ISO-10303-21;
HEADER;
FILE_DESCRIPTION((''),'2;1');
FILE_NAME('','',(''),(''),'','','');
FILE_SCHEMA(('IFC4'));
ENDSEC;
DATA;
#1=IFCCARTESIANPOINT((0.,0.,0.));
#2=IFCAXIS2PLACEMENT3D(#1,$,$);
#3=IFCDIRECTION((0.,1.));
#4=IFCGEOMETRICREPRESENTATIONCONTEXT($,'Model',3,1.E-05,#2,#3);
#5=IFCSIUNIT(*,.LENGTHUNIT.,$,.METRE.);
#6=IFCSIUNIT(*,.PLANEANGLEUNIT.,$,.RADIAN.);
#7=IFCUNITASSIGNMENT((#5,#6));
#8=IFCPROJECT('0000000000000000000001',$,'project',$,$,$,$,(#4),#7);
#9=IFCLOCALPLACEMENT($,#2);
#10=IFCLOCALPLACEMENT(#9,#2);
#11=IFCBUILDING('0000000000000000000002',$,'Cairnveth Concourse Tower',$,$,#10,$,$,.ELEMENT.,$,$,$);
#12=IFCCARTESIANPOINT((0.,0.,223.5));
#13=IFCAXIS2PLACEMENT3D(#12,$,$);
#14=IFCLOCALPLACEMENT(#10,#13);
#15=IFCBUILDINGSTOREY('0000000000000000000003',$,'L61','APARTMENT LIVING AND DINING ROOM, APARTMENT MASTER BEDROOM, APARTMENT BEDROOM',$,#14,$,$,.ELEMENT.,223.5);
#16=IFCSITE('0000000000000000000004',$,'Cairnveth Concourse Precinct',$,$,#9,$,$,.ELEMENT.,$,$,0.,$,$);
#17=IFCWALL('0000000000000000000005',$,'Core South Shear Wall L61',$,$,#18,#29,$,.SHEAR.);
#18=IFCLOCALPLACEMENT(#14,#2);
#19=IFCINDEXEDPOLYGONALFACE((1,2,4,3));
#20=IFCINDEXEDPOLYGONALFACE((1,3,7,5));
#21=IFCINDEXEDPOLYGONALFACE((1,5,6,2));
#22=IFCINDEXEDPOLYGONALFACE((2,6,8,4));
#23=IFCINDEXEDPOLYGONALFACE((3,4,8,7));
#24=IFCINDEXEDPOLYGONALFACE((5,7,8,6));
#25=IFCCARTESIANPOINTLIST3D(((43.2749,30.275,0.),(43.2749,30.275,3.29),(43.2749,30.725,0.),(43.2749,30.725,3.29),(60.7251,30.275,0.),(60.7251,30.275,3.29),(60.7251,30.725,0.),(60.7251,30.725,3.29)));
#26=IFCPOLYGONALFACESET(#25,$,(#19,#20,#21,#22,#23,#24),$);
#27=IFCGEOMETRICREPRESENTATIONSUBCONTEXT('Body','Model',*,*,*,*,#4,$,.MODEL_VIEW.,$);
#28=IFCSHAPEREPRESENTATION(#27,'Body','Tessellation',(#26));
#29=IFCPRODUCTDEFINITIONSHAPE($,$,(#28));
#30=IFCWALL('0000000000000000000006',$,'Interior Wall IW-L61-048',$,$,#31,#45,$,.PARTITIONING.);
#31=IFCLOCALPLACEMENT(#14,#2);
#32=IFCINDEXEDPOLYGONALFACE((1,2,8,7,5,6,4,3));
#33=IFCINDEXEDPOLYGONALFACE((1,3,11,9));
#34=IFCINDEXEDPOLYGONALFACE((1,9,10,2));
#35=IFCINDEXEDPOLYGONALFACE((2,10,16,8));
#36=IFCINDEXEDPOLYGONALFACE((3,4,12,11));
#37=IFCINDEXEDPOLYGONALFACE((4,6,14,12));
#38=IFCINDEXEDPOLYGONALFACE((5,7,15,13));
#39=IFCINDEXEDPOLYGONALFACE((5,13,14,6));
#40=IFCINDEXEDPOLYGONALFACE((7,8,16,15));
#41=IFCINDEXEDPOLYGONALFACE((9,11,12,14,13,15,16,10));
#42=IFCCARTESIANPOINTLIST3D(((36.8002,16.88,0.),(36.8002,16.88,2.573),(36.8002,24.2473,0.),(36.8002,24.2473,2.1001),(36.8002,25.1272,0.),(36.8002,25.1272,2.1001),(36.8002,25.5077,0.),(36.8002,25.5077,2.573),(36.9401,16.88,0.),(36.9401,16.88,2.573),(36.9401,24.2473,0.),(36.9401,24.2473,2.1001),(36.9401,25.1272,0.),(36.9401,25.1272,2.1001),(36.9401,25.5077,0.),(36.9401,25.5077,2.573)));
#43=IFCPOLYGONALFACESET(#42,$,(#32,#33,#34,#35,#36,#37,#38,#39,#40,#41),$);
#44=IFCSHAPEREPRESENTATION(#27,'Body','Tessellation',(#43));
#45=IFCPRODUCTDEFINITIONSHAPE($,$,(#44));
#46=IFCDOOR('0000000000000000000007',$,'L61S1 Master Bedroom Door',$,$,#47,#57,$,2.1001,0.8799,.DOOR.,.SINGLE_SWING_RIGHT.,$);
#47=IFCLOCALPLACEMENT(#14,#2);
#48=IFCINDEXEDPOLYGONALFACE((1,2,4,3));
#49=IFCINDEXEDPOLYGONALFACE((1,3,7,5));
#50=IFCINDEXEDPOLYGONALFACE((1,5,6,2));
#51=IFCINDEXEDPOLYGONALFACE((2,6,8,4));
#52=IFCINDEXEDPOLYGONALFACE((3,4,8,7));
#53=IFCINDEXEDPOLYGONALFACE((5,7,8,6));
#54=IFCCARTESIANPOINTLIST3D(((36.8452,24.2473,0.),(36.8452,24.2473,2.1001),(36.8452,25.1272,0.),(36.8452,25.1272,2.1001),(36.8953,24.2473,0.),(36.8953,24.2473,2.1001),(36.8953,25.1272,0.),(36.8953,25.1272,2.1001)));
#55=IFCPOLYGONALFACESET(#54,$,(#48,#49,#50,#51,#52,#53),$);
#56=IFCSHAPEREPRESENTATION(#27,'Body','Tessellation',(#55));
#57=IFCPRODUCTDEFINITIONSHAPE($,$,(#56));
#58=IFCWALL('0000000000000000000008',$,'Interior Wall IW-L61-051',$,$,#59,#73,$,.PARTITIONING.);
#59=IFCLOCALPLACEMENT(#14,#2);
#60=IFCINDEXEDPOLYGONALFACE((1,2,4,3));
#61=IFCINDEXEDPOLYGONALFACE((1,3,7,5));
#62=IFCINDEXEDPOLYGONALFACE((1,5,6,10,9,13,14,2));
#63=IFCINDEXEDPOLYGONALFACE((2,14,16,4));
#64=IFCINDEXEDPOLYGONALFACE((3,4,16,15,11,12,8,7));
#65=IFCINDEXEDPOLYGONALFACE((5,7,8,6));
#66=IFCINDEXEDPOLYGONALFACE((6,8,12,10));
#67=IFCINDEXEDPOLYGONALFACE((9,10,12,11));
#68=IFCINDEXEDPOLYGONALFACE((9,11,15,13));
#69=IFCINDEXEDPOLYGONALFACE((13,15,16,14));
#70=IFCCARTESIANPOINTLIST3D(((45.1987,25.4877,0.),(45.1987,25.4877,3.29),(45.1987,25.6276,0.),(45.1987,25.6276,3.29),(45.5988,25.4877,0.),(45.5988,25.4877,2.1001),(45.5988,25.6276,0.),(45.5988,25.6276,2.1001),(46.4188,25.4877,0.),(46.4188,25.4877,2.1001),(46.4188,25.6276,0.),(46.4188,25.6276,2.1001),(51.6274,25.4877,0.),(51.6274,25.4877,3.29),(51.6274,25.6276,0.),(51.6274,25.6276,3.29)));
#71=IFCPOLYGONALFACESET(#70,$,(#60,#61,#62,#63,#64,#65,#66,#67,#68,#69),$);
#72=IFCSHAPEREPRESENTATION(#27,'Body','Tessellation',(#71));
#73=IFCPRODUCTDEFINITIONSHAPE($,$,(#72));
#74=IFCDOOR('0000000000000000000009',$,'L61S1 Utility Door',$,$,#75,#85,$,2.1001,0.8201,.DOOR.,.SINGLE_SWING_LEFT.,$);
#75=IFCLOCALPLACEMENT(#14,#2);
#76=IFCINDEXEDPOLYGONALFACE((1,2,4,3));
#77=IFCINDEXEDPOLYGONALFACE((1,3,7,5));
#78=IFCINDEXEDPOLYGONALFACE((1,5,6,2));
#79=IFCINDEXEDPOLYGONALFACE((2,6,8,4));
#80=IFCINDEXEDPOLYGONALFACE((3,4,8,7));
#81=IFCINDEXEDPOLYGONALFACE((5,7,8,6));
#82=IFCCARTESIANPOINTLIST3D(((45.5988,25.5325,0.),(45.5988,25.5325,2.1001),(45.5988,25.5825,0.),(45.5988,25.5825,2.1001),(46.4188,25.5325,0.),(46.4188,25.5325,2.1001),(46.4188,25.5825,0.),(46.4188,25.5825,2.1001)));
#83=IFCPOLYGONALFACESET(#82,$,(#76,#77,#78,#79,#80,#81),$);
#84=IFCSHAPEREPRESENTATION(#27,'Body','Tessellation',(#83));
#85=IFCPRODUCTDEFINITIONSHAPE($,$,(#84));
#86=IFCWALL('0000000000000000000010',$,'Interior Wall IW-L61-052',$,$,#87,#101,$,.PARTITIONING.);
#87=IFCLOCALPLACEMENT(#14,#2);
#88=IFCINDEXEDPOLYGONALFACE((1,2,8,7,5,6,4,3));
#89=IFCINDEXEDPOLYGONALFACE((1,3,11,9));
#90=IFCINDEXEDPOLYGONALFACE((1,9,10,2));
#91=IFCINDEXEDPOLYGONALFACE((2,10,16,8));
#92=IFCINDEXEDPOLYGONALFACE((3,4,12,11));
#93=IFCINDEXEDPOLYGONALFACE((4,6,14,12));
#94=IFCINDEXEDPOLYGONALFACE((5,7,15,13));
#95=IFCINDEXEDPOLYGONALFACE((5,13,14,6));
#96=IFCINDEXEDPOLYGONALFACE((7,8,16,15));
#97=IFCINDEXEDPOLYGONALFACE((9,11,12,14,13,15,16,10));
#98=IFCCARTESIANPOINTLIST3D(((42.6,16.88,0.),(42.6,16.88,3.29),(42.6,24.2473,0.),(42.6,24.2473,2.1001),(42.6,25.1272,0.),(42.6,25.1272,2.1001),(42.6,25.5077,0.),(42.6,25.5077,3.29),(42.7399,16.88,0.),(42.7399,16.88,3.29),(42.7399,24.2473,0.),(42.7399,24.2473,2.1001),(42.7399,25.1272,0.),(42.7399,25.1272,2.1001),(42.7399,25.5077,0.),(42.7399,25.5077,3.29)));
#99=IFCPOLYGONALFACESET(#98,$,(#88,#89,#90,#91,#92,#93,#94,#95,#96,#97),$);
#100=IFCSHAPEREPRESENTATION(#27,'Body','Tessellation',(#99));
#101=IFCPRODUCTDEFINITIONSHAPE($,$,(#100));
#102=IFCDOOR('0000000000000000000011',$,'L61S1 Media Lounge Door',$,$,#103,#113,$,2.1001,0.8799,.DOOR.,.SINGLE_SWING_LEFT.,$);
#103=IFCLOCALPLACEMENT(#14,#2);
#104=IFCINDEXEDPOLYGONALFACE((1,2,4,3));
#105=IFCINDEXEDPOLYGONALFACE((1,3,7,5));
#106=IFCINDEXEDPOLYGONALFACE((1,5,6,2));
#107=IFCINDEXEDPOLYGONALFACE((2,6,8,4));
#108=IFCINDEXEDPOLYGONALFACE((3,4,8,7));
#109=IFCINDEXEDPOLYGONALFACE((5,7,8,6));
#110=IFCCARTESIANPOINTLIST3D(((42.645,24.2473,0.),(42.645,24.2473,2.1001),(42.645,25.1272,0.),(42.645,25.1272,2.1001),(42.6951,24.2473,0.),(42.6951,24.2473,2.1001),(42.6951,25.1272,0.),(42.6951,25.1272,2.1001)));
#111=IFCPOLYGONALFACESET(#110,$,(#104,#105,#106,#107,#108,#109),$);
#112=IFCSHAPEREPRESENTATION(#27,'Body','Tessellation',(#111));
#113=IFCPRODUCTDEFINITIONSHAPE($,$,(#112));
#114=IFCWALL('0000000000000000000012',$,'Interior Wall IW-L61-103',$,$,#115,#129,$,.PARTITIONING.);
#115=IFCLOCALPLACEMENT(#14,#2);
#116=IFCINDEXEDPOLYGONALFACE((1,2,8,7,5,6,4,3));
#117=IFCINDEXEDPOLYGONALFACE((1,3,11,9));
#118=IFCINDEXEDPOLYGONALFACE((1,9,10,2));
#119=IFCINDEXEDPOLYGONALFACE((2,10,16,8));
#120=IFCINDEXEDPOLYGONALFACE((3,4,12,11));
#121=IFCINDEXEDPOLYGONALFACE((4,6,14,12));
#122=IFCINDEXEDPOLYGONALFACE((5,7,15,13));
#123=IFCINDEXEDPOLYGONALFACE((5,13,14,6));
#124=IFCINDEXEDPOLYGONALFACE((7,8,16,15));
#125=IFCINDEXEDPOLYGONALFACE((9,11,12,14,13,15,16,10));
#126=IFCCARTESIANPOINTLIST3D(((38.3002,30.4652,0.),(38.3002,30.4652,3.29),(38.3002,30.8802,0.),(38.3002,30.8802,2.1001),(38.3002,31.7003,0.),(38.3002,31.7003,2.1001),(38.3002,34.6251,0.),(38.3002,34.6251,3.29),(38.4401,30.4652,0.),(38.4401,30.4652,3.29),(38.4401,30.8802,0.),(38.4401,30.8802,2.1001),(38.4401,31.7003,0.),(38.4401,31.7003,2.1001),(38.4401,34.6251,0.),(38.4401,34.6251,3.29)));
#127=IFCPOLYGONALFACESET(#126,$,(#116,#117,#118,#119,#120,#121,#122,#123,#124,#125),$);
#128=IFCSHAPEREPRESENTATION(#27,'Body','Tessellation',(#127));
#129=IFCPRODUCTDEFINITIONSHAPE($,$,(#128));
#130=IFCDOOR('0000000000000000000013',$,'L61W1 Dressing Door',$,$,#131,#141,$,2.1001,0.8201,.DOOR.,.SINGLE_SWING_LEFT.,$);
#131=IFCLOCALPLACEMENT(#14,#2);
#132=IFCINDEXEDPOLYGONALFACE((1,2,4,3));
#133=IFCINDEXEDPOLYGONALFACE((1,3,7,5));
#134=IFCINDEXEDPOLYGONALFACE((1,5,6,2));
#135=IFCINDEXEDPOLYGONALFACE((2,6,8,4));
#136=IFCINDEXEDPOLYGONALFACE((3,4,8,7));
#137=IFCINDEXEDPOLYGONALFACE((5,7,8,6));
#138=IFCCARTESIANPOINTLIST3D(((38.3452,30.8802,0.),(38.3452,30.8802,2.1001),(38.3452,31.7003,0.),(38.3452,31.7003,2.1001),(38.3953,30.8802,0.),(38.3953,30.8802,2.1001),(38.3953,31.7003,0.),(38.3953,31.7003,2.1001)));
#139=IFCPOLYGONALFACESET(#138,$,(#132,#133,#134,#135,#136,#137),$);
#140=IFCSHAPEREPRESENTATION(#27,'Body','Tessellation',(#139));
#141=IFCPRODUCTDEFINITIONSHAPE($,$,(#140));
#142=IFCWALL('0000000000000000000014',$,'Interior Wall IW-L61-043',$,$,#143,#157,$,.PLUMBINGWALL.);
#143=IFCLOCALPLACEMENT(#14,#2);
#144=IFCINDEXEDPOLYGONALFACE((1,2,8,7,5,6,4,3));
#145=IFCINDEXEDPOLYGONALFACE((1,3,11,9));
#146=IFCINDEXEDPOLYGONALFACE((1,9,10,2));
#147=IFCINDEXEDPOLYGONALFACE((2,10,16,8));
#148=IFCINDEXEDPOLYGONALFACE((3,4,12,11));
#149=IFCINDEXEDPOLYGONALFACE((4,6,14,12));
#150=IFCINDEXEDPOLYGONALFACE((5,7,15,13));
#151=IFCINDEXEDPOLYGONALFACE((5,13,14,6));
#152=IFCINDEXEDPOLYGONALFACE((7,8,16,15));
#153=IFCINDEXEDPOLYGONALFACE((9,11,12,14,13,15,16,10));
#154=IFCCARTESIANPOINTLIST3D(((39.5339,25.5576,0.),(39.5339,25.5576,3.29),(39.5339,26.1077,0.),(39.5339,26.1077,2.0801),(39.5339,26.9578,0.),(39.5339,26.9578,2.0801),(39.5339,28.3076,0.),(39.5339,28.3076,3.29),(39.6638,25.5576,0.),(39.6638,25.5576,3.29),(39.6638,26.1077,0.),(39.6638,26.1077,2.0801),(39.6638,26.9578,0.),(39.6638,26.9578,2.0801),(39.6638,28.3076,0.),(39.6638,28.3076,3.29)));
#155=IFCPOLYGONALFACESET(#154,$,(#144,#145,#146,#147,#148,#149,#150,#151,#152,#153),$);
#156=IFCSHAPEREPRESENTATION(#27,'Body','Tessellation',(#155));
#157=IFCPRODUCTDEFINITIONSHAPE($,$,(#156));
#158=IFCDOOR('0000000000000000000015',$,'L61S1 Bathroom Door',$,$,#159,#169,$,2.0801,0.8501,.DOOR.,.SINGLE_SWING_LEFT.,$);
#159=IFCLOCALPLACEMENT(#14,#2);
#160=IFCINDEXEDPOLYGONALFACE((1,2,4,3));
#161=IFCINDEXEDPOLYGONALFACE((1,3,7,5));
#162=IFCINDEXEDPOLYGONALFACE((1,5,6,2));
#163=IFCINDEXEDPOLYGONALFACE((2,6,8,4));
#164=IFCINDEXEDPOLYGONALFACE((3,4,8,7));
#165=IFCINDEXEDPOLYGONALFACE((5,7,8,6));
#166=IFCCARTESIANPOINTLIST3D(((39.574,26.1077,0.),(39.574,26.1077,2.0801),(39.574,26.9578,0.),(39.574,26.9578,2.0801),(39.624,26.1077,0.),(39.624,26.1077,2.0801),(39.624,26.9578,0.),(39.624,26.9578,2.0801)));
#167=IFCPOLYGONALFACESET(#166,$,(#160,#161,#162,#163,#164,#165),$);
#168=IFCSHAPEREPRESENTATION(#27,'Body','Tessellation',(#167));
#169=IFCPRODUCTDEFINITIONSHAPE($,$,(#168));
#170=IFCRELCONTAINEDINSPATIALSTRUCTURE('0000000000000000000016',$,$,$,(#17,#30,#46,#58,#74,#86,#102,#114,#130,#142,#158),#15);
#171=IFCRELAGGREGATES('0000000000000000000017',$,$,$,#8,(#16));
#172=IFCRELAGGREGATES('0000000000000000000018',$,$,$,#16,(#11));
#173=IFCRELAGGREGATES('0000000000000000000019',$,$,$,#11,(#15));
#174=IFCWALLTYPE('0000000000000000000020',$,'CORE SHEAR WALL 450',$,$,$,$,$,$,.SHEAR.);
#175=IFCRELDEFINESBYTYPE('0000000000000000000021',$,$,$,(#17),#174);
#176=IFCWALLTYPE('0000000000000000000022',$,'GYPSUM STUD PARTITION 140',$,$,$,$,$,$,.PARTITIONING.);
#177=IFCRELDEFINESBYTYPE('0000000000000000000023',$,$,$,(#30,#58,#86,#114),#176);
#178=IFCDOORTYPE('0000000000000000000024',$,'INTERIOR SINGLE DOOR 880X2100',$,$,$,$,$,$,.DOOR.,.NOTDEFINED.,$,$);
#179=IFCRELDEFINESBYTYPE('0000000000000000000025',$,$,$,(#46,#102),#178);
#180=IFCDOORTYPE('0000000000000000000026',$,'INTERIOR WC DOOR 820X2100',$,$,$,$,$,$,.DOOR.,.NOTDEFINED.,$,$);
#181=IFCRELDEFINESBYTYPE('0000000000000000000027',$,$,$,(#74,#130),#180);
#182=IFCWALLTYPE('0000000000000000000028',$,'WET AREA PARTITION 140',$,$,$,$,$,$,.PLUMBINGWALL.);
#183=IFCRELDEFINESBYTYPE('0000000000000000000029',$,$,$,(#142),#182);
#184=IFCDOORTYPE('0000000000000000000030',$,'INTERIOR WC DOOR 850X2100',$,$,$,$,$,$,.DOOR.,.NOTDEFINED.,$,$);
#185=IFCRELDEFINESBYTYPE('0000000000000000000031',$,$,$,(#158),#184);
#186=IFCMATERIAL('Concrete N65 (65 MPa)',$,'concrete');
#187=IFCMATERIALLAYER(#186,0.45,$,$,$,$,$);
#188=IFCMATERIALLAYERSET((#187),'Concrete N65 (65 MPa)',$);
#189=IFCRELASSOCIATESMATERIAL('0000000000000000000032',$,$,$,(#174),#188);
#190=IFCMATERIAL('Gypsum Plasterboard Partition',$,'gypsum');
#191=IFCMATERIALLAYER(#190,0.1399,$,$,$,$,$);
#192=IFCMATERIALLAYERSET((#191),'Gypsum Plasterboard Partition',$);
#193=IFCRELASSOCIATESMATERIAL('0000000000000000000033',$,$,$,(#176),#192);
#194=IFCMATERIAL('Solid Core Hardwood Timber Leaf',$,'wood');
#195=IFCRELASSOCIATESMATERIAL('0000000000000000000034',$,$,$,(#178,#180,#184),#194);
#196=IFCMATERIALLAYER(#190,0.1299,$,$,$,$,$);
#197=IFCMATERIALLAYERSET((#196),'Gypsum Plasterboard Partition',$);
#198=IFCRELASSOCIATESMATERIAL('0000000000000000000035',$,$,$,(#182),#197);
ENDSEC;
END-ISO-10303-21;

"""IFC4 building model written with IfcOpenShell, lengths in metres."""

from ifc_helpers import new_model, si_unit, direction, frame, frame_2d, origin, place, context, subcontext, project, spatial, rectangle, extrude, material, layer, layer_set, type_object, element, fill, save


model = new_model("IFC4")

# Units and contexts
model_context = context("Model", 3, precision=1e-05, world=origin(), true_north=direction((0.0, 1.0)))
body_context = subcontext(model_context, "Body", "Model", "MODEL_VIEW")
ifc_project = project(units=[si_unit("LENGTHUNIT", "METRE"), si_unit("PLANEANGLEUNIT", "RADIAN")], contexts=[model_context])

# Site, building, storey
site_placement = place(None, origin())
site = spatial("IfcSite", under=ifc_project, at=site_placement, Name="Cairnveth Concourse Precinct", CompositionType="ELEMENT", RefElevation=0.0)
building_placement = place(site_placement, origin())
building = spatial("IfcBuilding", under=site, at=building_placement, Name="Cairnveth Concourse Tower", CompositionType="ELEMENT")
storey_placement = place(building_placement, frame((0.0, 0.0, 223.5)))
storey = spatial("IfcBuildingStorey", under=building, at=storey_placement, Name="L61", Description="APARTMENT LIVING AND DINING ROOM, APARTMENT MASTER BEDROOM, APARTMENT BEDROOM", CompositionType="ELEMENT", Elevation=223.5)

# Shared definitions
ifc_material_1 = material(Name="Concrete N65 (65 MPa)", Category="concrete")

# Shared definitions
ifc_material_2 = material(Name="Gypsum Plasterboard Partition", Category="gypsum")
ifc_material_3 = material(Name="Solid Core Hardwood Timber Leaf", Category="wood")

# Wall
ifc_layer_1 = layer(ifc_material_1, 0.45)
ifc_layer_set_1 = layer_set([ifc_layer_1], Name="Concrete N65 (65 MPa)")
wall_type_1 = type_object("IfcWallType", Name="CORE SHEAR WALL 450", PredefinedType="SHEAR", material=ifc_layer_set_1)
wall_1_placement = place(storey_placement, frame((43.2749, 30.5, 0.0), z_axis=(0.0, 0.0, 1.0), x_axis=(1.0, 0.0, 0.0)))
element("IfcWall", 1, at=wall_1_placement, inside=storey, type_object=wall_type_1, Name="Core South Shear Wall L61", PredefinedType="SHEAR", context=body_context, shape_type="SweptSolid", body=[
    extrude(rectangle(XDim=17.4502, YDim=0.45, at=frame_2d((8.7251, 0.0))), origin(), (0.0, 0.0, 1.0), 3.29),
])

# Walls, openings, doors
ifc_layer_2 = layer(ifc_material_2, 0.1399)
ifc_layer_set_2 = layer_set([ifc_layer_2], Name="Gypsum Plasterboard Partition")
wall_type_2 = type_object("IfcWallType", Name="GYPSUM STUD PARTITION 140", PredefinedType="PARTITIONING", material=ifc_layer_set_2)
wall_2_placement = place(storey_placement, frame((36.8701, 16.8799, 0.0), z_axis=(0.0, 0.0, 1.0), x_axis=(0.0, 1.0, 0.0)))
wall_2 = element("IfcWall", 2, at=wall_2_placement, inside=storey, type_object=wall_type_2, Name="Interior Wall IW-L61-048", PredefinedType="PARTITIONING", context=body_context, shape_type="SweptSolid", body=[
    extrude(rectangle(XDim=8.6277, YDim=0.1399, at=frame_2d((4.314, 0.0))), origin(), (0.0, 0.0, 1.0), 2.573),
])
opening_1_placement = place(wall_2_placement, frame((7.3674, 0.0, 0.0)))
opening_1 = element("IfcOpeningElement", 3, at=opening_1_placement, cuts=wall_2, PredefinedType="OPENING", context=body_context, shape_type="SweptSolid", body=[
    extrude(rectangle(XDim=0.8799, YDim=2.1001, at=frame_2d((0.4399, 1.05))), frame((0.0, 0.0798, 0.0), z_axis=(0.0, -1.0, 0.0), x_axis=(1.0, 0.0, 0.0)), (0.0, 0.0, 1.0), 0.1599),
])
door_type_1 = type_object("IfcDoorType", Name="INTERIOR SINGLE DOOR 880X2100", OperationType="NOTDEFINED", PredefinedType="DOOR", material=ifc_material_3)
door_1_placement = place(opening_1_placement, origin())
door_1 = element("IfcDoor", 4, at=door_1_placement, inside=storey, type_object=door_type_1, Name="L61S1 Master Bedroom Door", OperationType="SINGLE_SWING_RIGHT", OverallHeight=2.1001, OverallWidth=0.8799, PredefinedType="DOOR", context=body_context, shape_type="SweptSolid", body=[
    extrude(rectangle(XDim=0.8799, YDim=2.1001, at=frame_2d((0.4399, 1.05))), frame((0.0, 0.0249, 0.0), z_axis=(0.0, -1.0, 0.0), x_axis=(1.0, 0.0, 0.0)), (0.0, 0.0, 1.0), 0.05),
])
fill(opening_1, door_1)
wall_3_placement = place(storey_placement, frame((45.1987, 25.5576, 0.0), z_axis=(0.0, 0.0, 1.0), x_axis=(1.0, 0.0, 0.0)))
wall_3 = element("IfcWall", 5, at=wall_3_placement, inside=storey, type_object=wall_type_2, Name="Interior Wall IW-L61-051", PredefinedType="PARTITIONING", context=body_context, shape_type="SweptSolid", body=[
    extrude(rectangle(XDim=6.4287, YDim=0.1399, at=frame_2d((3.2144, 0.0))), origin(), (0.0, 0.0, 1.0), 3.29),
])
opening_2_placement = place(wall_3_placement, frame((0.3999, 0.0, 0.0)))
opening_2 = element("IfcOpeningElement", 6, at=opening_2_placement, cuts=wall_3, PredefinedType="OPENING", context=body_context, shape_type="SweptSolid", body=[
    extrude(rectangle(XDim=0.8201, YDim=2.1001, at=frame_2d((0.4102, 1.05))), frame((0.0, 0.0798, 0.0), z_axis=(0.0, -1.0, 0.0), x_axis=(1.0, 0.0, 0.0)), (0.0, 0.0, 1.0), 0.1599),
])
door_type_2 = type_object("IfcDoorType", Name="INTERIOR WC DOOR 820X2100", OperationType="NOTDEFINED", PredefinedType="DOOR", material=ifc_material_3)
door_2_placement = place(opening_2_placement, origin())
door_2 = element("IfcDoor", 7, at=door_2_placement, inside=storey, type_object=door_type_2, Name="L61S1 Utility Door", OperationType="SINGLE_SWING_LEFT", OverallHeight=2.1001, OverallWidth=0.8201, PredefinedType="DOOR", context=body_context, shape_type="SweptSolid", body=[
    extrude(rectangle(XDim=0.8201, YDim=2.1001, at=frame_2d((0.4102, 1.05))), frame((0.0, 0.0249, 0.0), z_axis=(0.0, -1.0, 0.0), x_axis=(1.0, 0.0, 0.0)), (0.0, 0.0, 1.0), 0.05),
])
fill(opening_2, door_2)
wall_4_placement = place(storey_placement, frame((42.6699, 16.8799, 0.0), z_axis=(0.0, 0.0, 1.0), x_axis=(0.0, 1.0, 0.0)))
wall_4 = element("IfcWall", 8, at=wall_4_placement, inside=storey, type_object=wall_type_2, Name="Interior Wall IW-L61-052", PredefinedType="PARTITIONING", context=body_context, shape_type="SweptSolid", body=[
    extrude(rectangle(XDim=8.6277, YDim=0.1399, at=frame_2d((4.314, 0.0))), origin(), (0.0, 0.0, 1.0), 3.29),
])
opening_3_placement = place(wall_4_placement, frame((7.3674, 0.0, 0.0)))
opening_3 = element("IfcOpeningElement", 9, at=opening_3_placement, cuts=wall_4, PredefinedType="OPENING", context=body_context, shape_type="SweptSolid", body=[
    extrude(rectangle(XDim=0.8799, YDim=2.1001, at=frame_2d((0.4399, 1.05))), frame((0.0, 0.0798, 0.0), z_axis=(0.0, -1.0, 0.0), x_axis=(1.0, 0.0, 0.0)), (0.0, 0.0, 1.0), 0.1599),
])
door_3_placement = place(opening_3_placement, origin())
door_3 = element("IfcDoor", 10, at=door_3_placement, inside=storey, type_object=door_type_1, Name="L61S1 Media Lounge Door", OperationType="SINGLE_SWING_LEFT", OverallHeight=2.1001, OverallWidth=0.8799, PredefinedType="DOOR", context=body_context, shape_type="SweptSolid", body=[
    extrude(rectangle(XDim=0.8799, YDim=2.1001, at=frame_2d((0.4399, 1.05))), frame((0.0, 0.0249, 0.0), z_axis=(0.0, -1.0, 0.0), x_axis=(1.0, 0.0, 0.0)), (0.0, 0.0, 1.0), 0.05),
])
fill(opening_3, door_3)
wall_5_placement = place(storey_placement, frame((38.3701, 30.4651, 0.0), z_axis=(0.0, 0.0, 1.0), x_axis=(0.0, 1.0, 0.0)))
wall_5 = element("IfcWall", 11, at=wall_5_placement, inside=storey, type_object=wall_type_2, Name="Interior Wall IW-L61-103", PredefinedType="PARTITIONING", context=body_context, shape_type="SweptSolid", body=[
    extrude(rectangle(XDim=4.1599, YDim=0.1399, at=frame_2d((2.0801, 0.0))), origin(), (0.0, 0.0, 1.0), 3.29),
])
opening_4_placement = place(wall_5_placement, frame((0.415, 0.0, 0.0)))
opening_4 = element("IfcOpeningElement", 12, at=opening_4_placement, cuts=wall_5, PredefinedType="OPENING", context=body_context, shape_type="SweptSolid", body=[
    extrude(rectangle(XDim=0.8201, YDim=2.1001, at=frame_2d((0.4102, 1.05))), frame((0.0, 0.0798, 0.0), z_axis=(0.0, -1.0, 0.0), x_axis=(1.0, 0.0, 0.0)), (0.0, 0.0, 1.0), 0.1599),
])
door_4_placement = place(opening_4_placement, origin())
door_4 = element("IfcDoor", 13, at=door_4_placement, inside=storey, type_object=door_type_2, Name="L61W1 Dressing Door", OperationType="SINGLE_SWING_LEFT", OverallHeight=2.1001, OverallWidth=0.8201, PredefinedType="DOOR", context=body_context, shape_type="SweptSolid", body=[
    extrude(rectangle(XDim=0.8201, YDim=2.1001, at=frame_2d((0.4102, 1.05))), frame((0.0, 0.0249, 0.0), z_axis=(0.0, -1.0, 0.0), x_axis=(1.0, 0.0, 0.0)), (0.0, 0.0, 1.0), 0.05),
])
fill(opening_4, door_4)
ifc_layer_3 = layer(ifc_material_2, 0.1299)
ifc_layer_set_3 = layer_set([ifc_layer_3], Name="Gypsum Plasterboard Partition")
wall_type_3 = type_object("IfcWallType", Name="WET AREA PARTITION 140", PredefinedType="PLUMBINGWALL", material=ifc_layer_set_3)
wall_6_placement = place(storey_placement, frame((39.5989, 25.5576, 0.0), z_axis=(0.0, 0.0, 1.0), x_axis=(0.0, 1.0, 0.0)))
wall_6 = element("IfcWall", 14, at=wall_6_placement, inside=storey, type_object=wall_type_3, Name="Interior Wall IW-L61-043", PredefinedType="PLUMBINGWALL", context=body_context, shape_type="SweptSolid", body=[
    extrude(rectangle(XDim=2.75, YDim=0.1299, at=frame_2d((1.375, 0.0))), origin(), (0.0, 0.0, 1.0), 3.29),
])
opening_5_placement = place(wall_6_placement, frame((0.55, 0.0, 0.0)))
opening_5 = element("IfcOpeningElement", 15, at=opening_5_placement, cuts=wall_6, PredefinedType="OPENING", context=body_context, shape_type="SweptSolid", body=[
    extrude(rectangle(XDim=0.8501, YDim=2.0801, at=frame_2d((0.425, 1.04))), frame((0.0, 0.075, 0.0), z_axis=(0.0, -1.0, 0.0), x_axis=(1.0, 0.0, 0.0)), (0.0, 0.0, 1.0), 0.1499),
])
door_type_3 = type_object("IfcDoorType", Name="INTERIOR WC DOOR 850X2100", OperationType="NOTDEFINED", PredefinedType="DOOR", material=ifc_material_3)
door_5_placement = place(opening_5_placement, origin())
door_5 = element("IfcDoor", 16, at=door_5_placement, inside=storey, type_object=door_type_3, Name="L61S1 Bathroom Door", OperationType="SINGLE_SWING_LEFT", OverallHeight=2.0801, OverallWidth=0.8501, PredefinedType="DOOR", context=body_context, shape_type="SweptSolid", body=[
    extrude(rectangle(XDim=0.8501, YDim=2.0801, at=frame_2d((0.425, 1.04))), frame((0.0, 0.0249, 0.0), z_axis=(0.0, -1.0, 0.0), x_axis=(1.0, 0.0, 0.0)), (0.0, 0.0, 1.0), 0.05),
])
fill(opening_5, door_5)

save(model, "model.ifc")
